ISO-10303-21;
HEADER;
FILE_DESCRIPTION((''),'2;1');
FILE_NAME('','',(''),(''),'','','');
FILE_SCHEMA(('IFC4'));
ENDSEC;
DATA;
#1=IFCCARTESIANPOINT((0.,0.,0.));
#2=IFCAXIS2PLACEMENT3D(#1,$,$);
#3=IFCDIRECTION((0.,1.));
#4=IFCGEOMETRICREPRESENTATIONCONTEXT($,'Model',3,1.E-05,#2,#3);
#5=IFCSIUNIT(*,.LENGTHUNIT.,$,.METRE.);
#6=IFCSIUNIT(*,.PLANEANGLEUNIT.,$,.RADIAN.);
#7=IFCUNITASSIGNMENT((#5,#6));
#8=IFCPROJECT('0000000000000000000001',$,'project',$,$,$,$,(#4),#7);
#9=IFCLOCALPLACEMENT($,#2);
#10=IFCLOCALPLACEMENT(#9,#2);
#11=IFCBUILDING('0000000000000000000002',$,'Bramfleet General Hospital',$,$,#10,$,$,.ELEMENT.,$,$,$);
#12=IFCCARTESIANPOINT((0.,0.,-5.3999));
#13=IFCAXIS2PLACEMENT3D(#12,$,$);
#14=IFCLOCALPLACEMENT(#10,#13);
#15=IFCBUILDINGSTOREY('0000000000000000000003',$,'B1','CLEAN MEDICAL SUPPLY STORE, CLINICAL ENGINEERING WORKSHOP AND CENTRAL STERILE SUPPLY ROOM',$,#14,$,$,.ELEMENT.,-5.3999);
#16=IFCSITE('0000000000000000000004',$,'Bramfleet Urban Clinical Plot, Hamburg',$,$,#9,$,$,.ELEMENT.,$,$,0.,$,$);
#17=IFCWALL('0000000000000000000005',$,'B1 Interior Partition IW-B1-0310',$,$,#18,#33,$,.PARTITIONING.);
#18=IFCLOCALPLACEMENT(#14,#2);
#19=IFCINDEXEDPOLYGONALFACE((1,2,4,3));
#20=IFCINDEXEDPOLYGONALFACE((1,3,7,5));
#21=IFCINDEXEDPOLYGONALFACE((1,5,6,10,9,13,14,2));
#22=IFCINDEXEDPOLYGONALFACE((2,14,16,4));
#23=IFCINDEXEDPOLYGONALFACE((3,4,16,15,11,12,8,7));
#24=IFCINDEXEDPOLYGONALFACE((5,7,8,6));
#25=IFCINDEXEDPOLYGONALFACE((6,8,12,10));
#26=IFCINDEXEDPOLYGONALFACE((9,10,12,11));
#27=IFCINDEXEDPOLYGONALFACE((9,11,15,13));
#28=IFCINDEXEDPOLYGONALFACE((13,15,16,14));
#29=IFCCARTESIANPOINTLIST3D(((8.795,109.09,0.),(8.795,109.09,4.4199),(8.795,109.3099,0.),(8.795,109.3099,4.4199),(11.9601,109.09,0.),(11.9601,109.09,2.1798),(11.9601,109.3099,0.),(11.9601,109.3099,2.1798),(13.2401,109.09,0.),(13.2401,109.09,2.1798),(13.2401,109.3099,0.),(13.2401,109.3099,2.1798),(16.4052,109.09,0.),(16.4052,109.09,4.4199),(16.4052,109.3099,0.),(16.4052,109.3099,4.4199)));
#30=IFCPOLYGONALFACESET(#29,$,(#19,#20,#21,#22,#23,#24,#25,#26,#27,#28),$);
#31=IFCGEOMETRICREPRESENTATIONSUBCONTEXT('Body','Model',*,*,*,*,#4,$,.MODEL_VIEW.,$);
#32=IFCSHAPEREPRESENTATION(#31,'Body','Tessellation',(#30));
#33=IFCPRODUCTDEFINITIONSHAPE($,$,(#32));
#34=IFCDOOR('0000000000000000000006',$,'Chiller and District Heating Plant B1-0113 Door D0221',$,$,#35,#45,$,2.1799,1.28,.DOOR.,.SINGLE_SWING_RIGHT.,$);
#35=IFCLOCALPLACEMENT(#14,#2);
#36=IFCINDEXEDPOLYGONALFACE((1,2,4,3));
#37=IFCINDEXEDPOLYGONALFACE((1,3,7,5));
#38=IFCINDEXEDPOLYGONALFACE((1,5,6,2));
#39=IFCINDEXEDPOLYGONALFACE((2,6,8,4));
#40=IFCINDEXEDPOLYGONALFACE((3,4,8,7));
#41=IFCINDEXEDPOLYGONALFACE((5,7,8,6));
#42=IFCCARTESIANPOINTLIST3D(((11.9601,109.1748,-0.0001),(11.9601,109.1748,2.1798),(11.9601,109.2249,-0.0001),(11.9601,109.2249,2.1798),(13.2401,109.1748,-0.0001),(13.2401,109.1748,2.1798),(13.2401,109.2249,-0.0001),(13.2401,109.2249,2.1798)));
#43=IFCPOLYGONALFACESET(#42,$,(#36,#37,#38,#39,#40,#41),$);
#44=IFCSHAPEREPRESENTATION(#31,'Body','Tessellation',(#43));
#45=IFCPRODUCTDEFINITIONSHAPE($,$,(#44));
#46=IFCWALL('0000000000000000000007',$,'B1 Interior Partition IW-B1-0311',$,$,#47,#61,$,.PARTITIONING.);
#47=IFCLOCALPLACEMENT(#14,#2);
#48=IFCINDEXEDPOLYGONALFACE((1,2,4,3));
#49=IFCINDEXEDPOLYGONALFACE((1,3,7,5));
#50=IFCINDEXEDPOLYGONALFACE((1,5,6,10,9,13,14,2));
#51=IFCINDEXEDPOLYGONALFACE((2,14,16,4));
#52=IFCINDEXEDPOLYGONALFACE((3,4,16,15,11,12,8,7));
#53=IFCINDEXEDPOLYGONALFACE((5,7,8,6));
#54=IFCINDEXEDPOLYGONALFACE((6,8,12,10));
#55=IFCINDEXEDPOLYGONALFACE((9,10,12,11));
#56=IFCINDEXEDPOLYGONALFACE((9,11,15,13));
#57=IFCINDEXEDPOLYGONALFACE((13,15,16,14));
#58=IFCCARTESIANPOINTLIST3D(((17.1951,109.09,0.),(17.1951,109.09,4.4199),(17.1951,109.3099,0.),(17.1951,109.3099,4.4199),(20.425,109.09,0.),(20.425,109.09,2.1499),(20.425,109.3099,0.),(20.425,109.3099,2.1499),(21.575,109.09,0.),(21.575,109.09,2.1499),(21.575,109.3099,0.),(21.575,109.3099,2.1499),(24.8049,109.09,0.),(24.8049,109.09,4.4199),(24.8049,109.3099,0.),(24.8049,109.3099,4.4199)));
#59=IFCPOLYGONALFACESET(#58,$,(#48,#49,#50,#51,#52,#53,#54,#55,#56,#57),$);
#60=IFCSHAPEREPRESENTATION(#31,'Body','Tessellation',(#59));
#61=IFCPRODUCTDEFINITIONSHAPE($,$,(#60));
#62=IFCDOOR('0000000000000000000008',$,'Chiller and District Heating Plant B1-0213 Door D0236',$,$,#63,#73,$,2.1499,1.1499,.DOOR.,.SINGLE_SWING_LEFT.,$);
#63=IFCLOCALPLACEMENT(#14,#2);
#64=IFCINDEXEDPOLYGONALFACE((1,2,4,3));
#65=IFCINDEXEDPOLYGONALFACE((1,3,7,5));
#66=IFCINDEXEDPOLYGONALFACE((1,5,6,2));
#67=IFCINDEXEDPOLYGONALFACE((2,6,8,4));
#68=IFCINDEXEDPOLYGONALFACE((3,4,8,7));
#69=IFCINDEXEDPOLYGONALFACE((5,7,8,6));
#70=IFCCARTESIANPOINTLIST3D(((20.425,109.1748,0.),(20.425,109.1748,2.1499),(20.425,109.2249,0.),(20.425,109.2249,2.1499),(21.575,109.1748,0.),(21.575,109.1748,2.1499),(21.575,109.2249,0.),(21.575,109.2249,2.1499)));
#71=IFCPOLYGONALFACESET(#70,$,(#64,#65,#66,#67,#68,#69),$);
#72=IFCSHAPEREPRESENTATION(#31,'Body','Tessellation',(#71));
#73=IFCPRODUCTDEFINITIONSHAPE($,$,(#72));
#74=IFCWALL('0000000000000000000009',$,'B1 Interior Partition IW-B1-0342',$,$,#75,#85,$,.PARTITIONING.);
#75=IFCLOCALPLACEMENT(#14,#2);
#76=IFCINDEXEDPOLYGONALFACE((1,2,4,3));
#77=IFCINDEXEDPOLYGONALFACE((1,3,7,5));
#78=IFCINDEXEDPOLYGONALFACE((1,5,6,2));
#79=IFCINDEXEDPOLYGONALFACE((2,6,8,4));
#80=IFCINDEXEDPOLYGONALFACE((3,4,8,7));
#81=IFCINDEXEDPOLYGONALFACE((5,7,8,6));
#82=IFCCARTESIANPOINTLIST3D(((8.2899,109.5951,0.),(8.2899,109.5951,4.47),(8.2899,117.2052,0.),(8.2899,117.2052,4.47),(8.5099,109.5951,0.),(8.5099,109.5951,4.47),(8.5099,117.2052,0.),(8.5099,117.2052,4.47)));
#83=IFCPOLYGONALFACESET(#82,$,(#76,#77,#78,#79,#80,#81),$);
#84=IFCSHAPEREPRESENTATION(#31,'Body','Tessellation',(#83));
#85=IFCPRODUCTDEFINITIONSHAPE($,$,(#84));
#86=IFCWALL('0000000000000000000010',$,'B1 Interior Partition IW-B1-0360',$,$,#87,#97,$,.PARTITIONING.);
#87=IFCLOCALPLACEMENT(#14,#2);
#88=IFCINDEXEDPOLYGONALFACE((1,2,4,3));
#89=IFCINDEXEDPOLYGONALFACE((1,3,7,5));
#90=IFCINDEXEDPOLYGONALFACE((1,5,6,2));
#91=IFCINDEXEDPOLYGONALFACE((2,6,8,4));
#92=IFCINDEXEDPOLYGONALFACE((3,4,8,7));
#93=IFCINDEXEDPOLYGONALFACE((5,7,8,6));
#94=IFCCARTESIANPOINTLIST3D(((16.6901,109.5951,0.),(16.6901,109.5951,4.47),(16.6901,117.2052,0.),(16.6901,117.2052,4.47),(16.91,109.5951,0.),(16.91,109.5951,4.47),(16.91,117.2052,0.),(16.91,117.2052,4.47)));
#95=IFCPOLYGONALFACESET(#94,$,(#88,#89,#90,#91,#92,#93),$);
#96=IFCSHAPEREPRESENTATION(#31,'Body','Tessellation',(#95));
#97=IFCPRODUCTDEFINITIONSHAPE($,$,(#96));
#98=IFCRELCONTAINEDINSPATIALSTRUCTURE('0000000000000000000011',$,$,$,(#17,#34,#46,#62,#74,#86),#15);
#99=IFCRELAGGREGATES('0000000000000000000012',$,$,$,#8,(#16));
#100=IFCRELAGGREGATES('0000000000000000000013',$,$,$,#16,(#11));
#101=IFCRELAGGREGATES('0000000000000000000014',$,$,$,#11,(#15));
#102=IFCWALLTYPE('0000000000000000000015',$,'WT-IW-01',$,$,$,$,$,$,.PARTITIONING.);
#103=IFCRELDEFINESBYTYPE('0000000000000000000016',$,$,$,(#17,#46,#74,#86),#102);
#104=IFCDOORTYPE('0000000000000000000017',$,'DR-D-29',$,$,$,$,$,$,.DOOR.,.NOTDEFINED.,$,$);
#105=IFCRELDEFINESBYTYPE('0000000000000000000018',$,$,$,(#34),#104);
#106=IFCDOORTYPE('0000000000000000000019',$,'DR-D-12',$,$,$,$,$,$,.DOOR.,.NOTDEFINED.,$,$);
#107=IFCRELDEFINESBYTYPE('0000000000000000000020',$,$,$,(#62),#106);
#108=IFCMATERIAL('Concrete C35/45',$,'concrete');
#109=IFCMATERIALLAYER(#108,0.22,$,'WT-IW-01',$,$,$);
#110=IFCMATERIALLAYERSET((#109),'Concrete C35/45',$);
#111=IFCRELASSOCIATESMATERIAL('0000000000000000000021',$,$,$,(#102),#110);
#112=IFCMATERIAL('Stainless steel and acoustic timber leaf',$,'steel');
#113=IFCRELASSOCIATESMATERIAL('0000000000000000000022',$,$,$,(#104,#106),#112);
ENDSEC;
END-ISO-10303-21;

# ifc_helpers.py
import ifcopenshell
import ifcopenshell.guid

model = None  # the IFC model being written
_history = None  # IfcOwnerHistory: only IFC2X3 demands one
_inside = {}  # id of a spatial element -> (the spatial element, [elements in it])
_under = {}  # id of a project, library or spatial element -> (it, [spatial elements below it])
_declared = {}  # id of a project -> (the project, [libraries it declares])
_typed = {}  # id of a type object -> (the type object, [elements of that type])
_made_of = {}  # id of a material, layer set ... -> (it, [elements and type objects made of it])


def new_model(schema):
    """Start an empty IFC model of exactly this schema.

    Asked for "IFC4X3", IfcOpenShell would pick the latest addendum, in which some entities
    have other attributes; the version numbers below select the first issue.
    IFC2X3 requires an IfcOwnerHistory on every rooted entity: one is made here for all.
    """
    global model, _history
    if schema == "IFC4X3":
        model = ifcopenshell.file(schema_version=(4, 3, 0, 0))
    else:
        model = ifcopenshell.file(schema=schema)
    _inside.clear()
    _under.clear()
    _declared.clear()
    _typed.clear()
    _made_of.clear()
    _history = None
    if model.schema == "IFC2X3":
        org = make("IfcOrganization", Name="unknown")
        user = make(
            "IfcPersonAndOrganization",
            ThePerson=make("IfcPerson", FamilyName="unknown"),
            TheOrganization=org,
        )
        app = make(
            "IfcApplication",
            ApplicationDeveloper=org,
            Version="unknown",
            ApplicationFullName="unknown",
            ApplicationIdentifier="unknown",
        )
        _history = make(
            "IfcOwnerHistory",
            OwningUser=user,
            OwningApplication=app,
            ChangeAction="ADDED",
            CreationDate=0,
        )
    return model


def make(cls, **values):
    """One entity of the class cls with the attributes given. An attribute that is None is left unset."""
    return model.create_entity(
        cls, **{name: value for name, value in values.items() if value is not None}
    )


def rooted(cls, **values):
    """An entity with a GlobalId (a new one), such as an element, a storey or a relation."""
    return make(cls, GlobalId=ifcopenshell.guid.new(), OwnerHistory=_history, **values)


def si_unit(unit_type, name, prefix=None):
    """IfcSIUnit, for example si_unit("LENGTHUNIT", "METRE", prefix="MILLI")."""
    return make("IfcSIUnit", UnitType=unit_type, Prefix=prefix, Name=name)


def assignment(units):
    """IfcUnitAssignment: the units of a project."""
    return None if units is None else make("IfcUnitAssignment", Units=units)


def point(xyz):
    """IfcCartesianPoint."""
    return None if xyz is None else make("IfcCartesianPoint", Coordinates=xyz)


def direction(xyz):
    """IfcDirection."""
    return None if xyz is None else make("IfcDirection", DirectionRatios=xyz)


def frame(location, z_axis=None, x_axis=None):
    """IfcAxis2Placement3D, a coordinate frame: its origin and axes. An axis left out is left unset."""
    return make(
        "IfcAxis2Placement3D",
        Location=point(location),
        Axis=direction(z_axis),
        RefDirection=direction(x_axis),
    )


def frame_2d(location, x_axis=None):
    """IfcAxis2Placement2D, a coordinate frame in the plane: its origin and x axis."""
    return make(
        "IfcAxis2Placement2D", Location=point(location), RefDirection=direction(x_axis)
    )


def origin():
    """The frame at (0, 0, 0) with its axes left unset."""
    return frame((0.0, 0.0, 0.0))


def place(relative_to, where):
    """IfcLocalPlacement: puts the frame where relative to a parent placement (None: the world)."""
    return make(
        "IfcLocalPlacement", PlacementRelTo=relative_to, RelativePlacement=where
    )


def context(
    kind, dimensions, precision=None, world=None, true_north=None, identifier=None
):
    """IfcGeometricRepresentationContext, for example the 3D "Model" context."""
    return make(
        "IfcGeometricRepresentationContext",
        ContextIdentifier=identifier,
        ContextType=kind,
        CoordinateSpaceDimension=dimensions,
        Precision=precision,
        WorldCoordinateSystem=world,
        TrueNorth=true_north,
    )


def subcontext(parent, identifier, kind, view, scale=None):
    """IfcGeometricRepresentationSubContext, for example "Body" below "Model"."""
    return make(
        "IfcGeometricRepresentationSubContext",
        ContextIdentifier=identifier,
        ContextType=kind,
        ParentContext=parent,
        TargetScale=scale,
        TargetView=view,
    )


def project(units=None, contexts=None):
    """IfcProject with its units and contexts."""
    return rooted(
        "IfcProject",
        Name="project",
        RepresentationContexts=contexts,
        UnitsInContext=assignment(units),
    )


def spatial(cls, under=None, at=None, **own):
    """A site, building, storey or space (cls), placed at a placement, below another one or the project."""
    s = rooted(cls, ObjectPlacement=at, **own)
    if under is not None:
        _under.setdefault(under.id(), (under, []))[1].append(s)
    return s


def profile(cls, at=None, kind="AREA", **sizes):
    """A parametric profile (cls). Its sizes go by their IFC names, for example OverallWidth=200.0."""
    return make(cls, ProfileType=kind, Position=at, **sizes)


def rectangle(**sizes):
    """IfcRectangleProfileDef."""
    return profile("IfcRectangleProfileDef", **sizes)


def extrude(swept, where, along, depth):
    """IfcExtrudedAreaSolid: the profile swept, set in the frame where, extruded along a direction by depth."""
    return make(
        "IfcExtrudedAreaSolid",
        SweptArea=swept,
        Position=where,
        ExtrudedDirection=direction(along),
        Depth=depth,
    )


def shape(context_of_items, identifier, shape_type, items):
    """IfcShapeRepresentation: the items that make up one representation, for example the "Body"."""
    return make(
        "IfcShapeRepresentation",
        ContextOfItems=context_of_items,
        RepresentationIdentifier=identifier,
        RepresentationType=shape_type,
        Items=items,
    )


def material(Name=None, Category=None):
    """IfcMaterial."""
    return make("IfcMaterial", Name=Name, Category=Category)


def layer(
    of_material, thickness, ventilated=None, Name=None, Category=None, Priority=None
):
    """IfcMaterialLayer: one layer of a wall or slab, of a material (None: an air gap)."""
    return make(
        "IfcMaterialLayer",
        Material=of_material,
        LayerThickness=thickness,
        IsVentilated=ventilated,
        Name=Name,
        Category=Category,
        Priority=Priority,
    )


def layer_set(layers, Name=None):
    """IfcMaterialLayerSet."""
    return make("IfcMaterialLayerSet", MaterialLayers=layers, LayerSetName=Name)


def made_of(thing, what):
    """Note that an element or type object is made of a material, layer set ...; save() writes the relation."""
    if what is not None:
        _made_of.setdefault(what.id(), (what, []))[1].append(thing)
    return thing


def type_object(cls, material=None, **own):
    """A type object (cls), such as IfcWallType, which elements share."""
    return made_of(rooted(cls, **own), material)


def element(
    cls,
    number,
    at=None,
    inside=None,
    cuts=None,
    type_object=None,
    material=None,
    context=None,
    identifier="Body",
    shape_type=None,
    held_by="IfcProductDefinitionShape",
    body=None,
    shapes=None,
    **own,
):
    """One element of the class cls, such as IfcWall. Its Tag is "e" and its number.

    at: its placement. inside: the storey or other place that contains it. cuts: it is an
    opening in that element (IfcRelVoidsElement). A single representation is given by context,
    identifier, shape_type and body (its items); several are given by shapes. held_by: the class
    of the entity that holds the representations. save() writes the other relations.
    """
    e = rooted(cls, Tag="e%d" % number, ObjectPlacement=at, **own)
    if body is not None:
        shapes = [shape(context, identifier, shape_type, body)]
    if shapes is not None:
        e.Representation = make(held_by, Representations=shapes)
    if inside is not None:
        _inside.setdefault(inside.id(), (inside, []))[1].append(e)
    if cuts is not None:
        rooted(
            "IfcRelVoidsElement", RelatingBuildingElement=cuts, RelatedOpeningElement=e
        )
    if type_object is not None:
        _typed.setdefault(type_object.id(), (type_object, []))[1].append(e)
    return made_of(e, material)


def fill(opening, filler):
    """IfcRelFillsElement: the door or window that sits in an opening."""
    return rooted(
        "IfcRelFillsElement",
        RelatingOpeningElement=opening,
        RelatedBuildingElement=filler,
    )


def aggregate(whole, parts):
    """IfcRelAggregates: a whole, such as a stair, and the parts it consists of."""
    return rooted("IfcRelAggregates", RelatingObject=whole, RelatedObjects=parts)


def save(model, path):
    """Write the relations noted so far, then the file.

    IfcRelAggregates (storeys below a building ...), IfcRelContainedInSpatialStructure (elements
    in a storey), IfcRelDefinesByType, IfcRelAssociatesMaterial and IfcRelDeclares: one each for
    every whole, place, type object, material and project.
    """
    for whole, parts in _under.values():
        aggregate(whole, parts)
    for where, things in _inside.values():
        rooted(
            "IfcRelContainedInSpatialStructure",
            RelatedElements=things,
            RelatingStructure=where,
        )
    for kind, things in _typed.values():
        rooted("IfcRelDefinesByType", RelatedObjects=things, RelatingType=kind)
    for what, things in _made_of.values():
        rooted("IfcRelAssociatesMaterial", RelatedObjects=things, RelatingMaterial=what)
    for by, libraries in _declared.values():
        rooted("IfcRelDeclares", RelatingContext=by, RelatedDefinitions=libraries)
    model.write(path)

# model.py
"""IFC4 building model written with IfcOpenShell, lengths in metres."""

from ifc_helpers import new_model, si_unit, direction, frame, frame_2d, origin, place, context, subcontext, project, spatial, rectangle, extrude, material, layer, layer_set, type_object, element, fill, save


model = new_model("IFC4")

# Units and contexts
model_context = context("Model", 3, precision=1e-05, world=origin(), true_north=direction((0.0, 1.0)))
body_context = subcontext(model_context, "Body", "Model", "MODEL_VIEW")
ifc_project = project(units=[si_unit("LENGTHUNIT", "METRE"), si_unit("PLANEANGLEUNIT", "RADIAN")], contexts=[model_context])

# Site, building, storey
site_placement = place(None, origin())
site = spatial("IfcSite", under=ifc_project, at=site_placement, Name="Bramfleet Urban Clinical Plot, Hamburg", CompositionType="ELEMENT", RefElevation=0.0)
building_placement = place(site_placement, origin())
building = spatial("IfcBuilding", under=site, at=building_placement, Name="Bramfleet General Hospital", CompositionType="ELEMENT")
storey_placement = place(building_placement, frame((0.0, 0.0, -5.3999)))
storey = spatial("IfcBuildingStorey", under=building, at=storey_placement, Name="B1", Description="CLEAN MEDICAL SUPPLY STORE, CLINICAL ENGINEERING WORKSHOP AND CENTRAL STERILE SUPPLY ROOM", CompositionType="ELEMENT", Elevation=-5.3999)

# Shared definitions
ifc_material_1 = material(Name="Concrete C35/45", Category="concrete")

# Walls, openings, doors
ifc_layer_1 = layer(ifc_material_1, 0.22, Name="WT-IW-01")
ifc_layer_set_1 = layer_set([ifc_layer_1], Name="Concrete C35/45")
wall_type_1 = type_object("IfcWallType", Name="WT-IW-01", PredefinedType="PARTITIONING", material=ifc_layer_set_1)
ifc_material_2 = material(Name="Stainless steel and acoustic timber leaf", Category="steel")
wall_1_placement = place(storey_placement, frame((8.7949, 109.2, 0.0), z_axis=(0.0, 0.0, 1.0), x_axis=(1.0, 0.0, 0.0)))
wall_1 = element("IfcWall", 1, at=wall_1_placement, inside=storey, type_object=wall_type_1, Name="B1 Interior Partition IW-B1-0310", PredefinedType="PARTITIONING", context=body_context, shape_type="SweptSolid", body=[
    extrude(rectangle(XDim=7.6101, YDim=0.22, at=frame_2d((3.8052, 0.0))), origin(), (0.0, 0.0, 1.0), 4.4199),
])
opening_1_placement = place(wall_1_placement, frame((3.165, 0.0, 0.0)))
opening_1 = element("IfcOpeningElement", 2, at=opening_1_placement, cuts=wall_1, PredefinedType="OPENING", context=body_context, shape_type="SweptSolid", body=[
    extrude(rectangle(XDim=1.28, YDim=2.1799, at=frame_2d((0.6401, 1.0898))), frame((0.0, 0.1199, 0.0), z_axis=(0.0, -1.0, 0.0), x_axis=(1.0, 0.0, 0.0)), (0.0, 0.0, 1.0), 0.24),
])
door_type_1 = type_object("IfcDoorType", Name="DR-D-29", OperationType="NOTDEFINED", PredefinedType="DOOR", material=ifc_material_2)
door_1_placement = place(opening_1_placement, origin())
door_1 = element("IfcDoor", 3, at=door_1_placement, inside=storey, type_object=door_type_1, Name="Chiller and District Heating Plant B1-0113 Door D0221", OperationType="SINGLE_SWING_RIGHT", OverallHeight=2.1799, OverallWidth=1.28, PredefinedType="DOOR", context=body_context, shape_type="SweptSolid", body=[
    extrude(rectangle(XDim=1.28, YDim=2.1799, at=frame_2d((0.6401, 1.0898))), frame((0.0, 0.0249, 0.0), z_axis=(0.0, -1.0, 0.0), x_axis=(1.0, 0.0, 0.0)), (0.0, 0.0, 1.0), 0.05),
])
fill(opening_1, door_1)
wall_2_placement = place(storey_placement, frame((17.1951, 109.2, 0.0), z_axis=(0.0, 0.0, 1.0), x_axis=(1.0, 0.0, 0.0)))
wall_2 = element("IfcWall", 4, at=wall_2_placement, inside=storey, type_object=wall_type_1, Name="B1 Interior Partition IW-B1-0311", PredefinedType="PARTITIONING", context=body_context, shape_type="SweptSolid", body=[
    extrude(rectangle(XDim=7.6099, YDim=0.22, at=frame_2d((3.8049, 0.0))), origin(), (0.0, 0.0, 1.0), 4.4199),
])
opening_2_placement = place(wall_2_placement, frame((3.23, 0.0, 0.0)))
opening_2 = element("IfcOpeningElement", 5, at=opening_2_placement, cuts=wall_2, PredefinedType="OPENING", context=body_context, shape_type="SweptSolid", body=[
    extrude(rectangle(XDim=1.1499, YDim=2.1499, at=frame_2d((0.575, 1.075))), frame((0.0, 0.1199, 0.0), z_axis=(0.0, -1.0, 0.0), x_axis=(1.0, 0.0, 0.0)), (0.0, 0.0, 1.0), 0.24),
])
door_type_2 = type_object("IfcDoorType", Name="DR-D-12", OperationType="NOTDEFINED", PredefinedType="DOOR", material=ifc_material_2)
door_2_placement = place(opening_2_placement, origin())
door_2 = element("IfcDoor", 6, at=door_2_placement, inside=storey, type_object=door_type_2, Name="Chiller and District Heating Plant B1-0213 Door D0236", OperationType="SINGLE_SWING_LEFT", OverallHeight=2.1499, OverallWidth=1.1499, PredefinedType="DOOR", context=body_context, shape_type="SweptSolid", body=[
    extrude(rectangle(XDim=1.1499, YDim=2.1499, at=frame_2d((0.575, 1.075))), frame((0.0, 0.0249, 0.0), z_axis=(0.0, -1.0, 0.0), x_axis=(1.0, 0.0, 0.0)), (0.0, 0.0, 1.0), 0.05),
])
fill(opening_2, door_2)

# Walls
for number, where, z_axis, x_axis, name in (
    (7, (8.3999, 109.595, 0.0), (0.0, 0.0, 1.0), (0.0, 1.0, 0.0), "B1 Interior Partition IW-B1-0342"),
    (8, (16.8, 109.595, 0.0), (0.0, 0.0, 1.0), (0.0, 1.0, 0.0), "B1 Interior Partition IW-B1-0360"),
):
    element("IfcWall", number, at=place(storey_placement, frame(where, z_axis=z_axis, x_axis=x_axis)), inside=storey, type_object=wall_type_1, Name=name, PredefinedType="PARTITIONING", context=body_context, shape_type="SweptSolid", body=[
        extrude(rectangle(XDim=7.6101, YDim=0.22, at=frame_2d((3.8052, 0.0))), origin(), (0.0, 0.0, 1.0), 4.47),
    ])

save(model, "model.ifc")
